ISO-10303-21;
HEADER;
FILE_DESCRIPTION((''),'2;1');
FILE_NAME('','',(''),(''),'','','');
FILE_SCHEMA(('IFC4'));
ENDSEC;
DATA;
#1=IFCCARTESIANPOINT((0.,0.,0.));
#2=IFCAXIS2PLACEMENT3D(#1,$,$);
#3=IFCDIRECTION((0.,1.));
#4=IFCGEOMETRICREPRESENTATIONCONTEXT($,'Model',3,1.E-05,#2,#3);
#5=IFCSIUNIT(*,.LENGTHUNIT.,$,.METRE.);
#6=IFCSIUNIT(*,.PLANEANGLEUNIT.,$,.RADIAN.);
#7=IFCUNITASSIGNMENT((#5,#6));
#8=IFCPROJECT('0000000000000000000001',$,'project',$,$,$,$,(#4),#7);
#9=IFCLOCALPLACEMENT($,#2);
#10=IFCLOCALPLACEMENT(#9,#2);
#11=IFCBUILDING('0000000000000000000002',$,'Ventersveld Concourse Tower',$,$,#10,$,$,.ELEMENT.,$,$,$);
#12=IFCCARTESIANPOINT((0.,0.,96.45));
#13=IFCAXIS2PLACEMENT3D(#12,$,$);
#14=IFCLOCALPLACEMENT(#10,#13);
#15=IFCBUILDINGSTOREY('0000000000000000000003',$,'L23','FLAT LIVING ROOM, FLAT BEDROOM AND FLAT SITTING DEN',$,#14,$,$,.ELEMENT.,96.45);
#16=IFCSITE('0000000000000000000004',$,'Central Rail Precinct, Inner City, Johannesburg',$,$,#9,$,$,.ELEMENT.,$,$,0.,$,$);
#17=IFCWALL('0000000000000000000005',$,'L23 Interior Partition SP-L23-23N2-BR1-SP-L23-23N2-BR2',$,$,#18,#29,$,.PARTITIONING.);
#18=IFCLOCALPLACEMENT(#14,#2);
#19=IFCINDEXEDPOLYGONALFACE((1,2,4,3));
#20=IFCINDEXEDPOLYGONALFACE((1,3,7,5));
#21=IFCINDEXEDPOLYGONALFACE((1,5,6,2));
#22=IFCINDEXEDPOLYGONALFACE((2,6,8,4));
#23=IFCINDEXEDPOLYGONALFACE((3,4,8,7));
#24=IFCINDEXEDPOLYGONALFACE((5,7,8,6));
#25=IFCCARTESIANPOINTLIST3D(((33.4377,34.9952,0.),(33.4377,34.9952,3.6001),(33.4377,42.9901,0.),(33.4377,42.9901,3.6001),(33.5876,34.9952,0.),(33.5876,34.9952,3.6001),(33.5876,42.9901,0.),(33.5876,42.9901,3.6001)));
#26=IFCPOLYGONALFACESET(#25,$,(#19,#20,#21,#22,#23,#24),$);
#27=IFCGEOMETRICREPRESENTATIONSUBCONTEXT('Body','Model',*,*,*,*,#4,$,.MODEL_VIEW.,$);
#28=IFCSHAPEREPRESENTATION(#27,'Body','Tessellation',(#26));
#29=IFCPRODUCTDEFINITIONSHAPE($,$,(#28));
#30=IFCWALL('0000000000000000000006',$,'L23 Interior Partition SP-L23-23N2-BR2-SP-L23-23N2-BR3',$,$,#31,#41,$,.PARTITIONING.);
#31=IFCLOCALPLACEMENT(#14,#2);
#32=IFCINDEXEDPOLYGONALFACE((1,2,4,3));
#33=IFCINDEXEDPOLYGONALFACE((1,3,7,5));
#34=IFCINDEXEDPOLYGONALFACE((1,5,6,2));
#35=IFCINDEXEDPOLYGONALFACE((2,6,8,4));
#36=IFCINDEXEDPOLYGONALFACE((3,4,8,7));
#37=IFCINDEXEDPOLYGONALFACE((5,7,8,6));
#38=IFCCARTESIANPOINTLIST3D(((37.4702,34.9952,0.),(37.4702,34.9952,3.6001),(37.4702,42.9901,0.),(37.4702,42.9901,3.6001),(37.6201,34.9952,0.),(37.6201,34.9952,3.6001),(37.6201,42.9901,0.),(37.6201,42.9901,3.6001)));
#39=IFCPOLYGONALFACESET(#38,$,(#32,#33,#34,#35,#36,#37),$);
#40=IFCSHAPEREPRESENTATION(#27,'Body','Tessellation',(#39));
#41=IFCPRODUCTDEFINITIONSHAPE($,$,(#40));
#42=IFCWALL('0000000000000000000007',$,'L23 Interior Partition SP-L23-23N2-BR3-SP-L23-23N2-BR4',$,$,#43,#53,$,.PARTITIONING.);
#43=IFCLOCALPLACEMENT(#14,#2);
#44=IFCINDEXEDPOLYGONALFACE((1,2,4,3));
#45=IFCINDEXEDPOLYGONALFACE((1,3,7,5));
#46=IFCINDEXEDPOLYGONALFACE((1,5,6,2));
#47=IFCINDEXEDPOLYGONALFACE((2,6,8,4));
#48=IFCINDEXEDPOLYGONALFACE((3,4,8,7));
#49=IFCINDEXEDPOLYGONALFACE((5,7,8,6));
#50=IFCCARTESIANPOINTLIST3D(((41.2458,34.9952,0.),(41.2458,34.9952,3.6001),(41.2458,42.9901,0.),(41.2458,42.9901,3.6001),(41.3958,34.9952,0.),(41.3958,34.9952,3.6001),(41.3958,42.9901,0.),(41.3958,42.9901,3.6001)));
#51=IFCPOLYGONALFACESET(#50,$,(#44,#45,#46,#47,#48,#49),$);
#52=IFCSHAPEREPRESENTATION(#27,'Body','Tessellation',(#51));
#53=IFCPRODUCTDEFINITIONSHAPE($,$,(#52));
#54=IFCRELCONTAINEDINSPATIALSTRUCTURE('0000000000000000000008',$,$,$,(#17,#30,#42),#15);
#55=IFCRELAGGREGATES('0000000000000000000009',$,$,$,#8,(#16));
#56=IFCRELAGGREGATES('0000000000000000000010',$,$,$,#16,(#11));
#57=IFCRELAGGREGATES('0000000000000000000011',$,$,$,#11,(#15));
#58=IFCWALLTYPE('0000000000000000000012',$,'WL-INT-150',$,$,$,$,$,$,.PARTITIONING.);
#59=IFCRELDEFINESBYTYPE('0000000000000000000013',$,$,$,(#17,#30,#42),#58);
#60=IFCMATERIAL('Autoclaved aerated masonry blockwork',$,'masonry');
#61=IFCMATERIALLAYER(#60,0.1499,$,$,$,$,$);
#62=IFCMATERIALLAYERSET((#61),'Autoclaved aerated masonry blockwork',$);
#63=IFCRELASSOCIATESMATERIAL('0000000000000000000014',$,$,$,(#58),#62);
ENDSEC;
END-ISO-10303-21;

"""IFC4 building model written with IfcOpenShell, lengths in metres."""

from ifc_helpers import new_model, si_unit, direction, frame, frame_2d, origin, place, context, subcontext, project, spatial, rectangle, extrude, material, layer, layer_set, type_object, element, save


model = new_model("IFC4")

# Units and contexts
model_context = context("Model", 3, precision=1e-05, world=origin(), true_north=direction((0.0, 1.0)))
body_context = subcontext(model_context, "Body", "Model", "MODEL_VIEW")
ifc_project = project(units=[si_unit("LENGTHUNIT", "METRE"), si_unit("PLANEANGLEUNIT", "RADIAN")], contexts=[model_context])

# Site, building, storey
site_placement = place(None, origin())
site = spatial("IfcSite", under=ifc_project, at=site_placement, Name="Central Rail Precinct, Inner City, Johannesburg", CompositionType="ELEMENT", RefElevation=0.0)
building_placement = place(site_placement, origin())
building = spatial("IfcBuilding", under=site, at=building_placement, Name="Ventersveld Concourse Tower", CompositionType="ELEMENT")
storey_placement = place(building_placement, frame((0.0, 0.0, 96.45)))
storey = spatial("IfcBuildingStorey", under=building, at=storey_placement, Name="L23", Description="FLAT LIVING ROOM, FLAT BEDROOM AND FLAT SITTING DEN", CompositionType="ELEMENT", Elevation=96.45)

# Shared definitions
ifc_material_1 = material(Name="Autoclaved aerated masonry blockwork", Category="masonry")
ifc_layer_1 = layer(ifc_material_1, 0.1499)
ifc_layer_set_1 = layer_set([ifc_layer_1], Name="Autoclaved aerated masonry blockwork")
wall_type_1 = type_object("IfcWallType", Name="WL-INT-150", PredefinedType="PARTITIONING", material=ifc_layer_set_1)

# Walls
for number, where, z_axis, x_axis, name in (
    (1, (33.5127, 34.9951, 0.0), (0.0, 0.0, 1.0), (0.0, 1.0, 0.0), "L23 Interior Partition SP-L23-23N2-BR1-SP-L23-23N2-BR2"),
    (2, (37.5452, 34.9951, 0.0), (0.0, 0.0, 1.0), (0.0, 1.0, 0.0), "L23 Interior Partition SP-L23-23N2-BR2-SP-L23-23N2-BR3"),
    (3, (41.3208, 34.9951, 0.0), (0.0, 0.0, 1.0), (0.0, 1.0, 0.0), "L23 Interior Partition SP-L23-23N2-BR3-SP-L23-23N2-BR4"),
):
    element("IfcWall", number, at=place(storey_placement, frame(where, z_axis=z_axis, x_axis=x_axis)), inside=storey, type_object=wall_type_1, Name=name, PredefinedType="PARTITIONING", context=body_context, shape_type="SweptSolid", body=[
        extrude(rectangle(XDim=7.9949, YDim=0.1499, at=frame_2d((3.9976, 0.0))), origin(), (0.0, 0.0, 1.0), 3.6001),
    ])

save(model, "model.ifc")
